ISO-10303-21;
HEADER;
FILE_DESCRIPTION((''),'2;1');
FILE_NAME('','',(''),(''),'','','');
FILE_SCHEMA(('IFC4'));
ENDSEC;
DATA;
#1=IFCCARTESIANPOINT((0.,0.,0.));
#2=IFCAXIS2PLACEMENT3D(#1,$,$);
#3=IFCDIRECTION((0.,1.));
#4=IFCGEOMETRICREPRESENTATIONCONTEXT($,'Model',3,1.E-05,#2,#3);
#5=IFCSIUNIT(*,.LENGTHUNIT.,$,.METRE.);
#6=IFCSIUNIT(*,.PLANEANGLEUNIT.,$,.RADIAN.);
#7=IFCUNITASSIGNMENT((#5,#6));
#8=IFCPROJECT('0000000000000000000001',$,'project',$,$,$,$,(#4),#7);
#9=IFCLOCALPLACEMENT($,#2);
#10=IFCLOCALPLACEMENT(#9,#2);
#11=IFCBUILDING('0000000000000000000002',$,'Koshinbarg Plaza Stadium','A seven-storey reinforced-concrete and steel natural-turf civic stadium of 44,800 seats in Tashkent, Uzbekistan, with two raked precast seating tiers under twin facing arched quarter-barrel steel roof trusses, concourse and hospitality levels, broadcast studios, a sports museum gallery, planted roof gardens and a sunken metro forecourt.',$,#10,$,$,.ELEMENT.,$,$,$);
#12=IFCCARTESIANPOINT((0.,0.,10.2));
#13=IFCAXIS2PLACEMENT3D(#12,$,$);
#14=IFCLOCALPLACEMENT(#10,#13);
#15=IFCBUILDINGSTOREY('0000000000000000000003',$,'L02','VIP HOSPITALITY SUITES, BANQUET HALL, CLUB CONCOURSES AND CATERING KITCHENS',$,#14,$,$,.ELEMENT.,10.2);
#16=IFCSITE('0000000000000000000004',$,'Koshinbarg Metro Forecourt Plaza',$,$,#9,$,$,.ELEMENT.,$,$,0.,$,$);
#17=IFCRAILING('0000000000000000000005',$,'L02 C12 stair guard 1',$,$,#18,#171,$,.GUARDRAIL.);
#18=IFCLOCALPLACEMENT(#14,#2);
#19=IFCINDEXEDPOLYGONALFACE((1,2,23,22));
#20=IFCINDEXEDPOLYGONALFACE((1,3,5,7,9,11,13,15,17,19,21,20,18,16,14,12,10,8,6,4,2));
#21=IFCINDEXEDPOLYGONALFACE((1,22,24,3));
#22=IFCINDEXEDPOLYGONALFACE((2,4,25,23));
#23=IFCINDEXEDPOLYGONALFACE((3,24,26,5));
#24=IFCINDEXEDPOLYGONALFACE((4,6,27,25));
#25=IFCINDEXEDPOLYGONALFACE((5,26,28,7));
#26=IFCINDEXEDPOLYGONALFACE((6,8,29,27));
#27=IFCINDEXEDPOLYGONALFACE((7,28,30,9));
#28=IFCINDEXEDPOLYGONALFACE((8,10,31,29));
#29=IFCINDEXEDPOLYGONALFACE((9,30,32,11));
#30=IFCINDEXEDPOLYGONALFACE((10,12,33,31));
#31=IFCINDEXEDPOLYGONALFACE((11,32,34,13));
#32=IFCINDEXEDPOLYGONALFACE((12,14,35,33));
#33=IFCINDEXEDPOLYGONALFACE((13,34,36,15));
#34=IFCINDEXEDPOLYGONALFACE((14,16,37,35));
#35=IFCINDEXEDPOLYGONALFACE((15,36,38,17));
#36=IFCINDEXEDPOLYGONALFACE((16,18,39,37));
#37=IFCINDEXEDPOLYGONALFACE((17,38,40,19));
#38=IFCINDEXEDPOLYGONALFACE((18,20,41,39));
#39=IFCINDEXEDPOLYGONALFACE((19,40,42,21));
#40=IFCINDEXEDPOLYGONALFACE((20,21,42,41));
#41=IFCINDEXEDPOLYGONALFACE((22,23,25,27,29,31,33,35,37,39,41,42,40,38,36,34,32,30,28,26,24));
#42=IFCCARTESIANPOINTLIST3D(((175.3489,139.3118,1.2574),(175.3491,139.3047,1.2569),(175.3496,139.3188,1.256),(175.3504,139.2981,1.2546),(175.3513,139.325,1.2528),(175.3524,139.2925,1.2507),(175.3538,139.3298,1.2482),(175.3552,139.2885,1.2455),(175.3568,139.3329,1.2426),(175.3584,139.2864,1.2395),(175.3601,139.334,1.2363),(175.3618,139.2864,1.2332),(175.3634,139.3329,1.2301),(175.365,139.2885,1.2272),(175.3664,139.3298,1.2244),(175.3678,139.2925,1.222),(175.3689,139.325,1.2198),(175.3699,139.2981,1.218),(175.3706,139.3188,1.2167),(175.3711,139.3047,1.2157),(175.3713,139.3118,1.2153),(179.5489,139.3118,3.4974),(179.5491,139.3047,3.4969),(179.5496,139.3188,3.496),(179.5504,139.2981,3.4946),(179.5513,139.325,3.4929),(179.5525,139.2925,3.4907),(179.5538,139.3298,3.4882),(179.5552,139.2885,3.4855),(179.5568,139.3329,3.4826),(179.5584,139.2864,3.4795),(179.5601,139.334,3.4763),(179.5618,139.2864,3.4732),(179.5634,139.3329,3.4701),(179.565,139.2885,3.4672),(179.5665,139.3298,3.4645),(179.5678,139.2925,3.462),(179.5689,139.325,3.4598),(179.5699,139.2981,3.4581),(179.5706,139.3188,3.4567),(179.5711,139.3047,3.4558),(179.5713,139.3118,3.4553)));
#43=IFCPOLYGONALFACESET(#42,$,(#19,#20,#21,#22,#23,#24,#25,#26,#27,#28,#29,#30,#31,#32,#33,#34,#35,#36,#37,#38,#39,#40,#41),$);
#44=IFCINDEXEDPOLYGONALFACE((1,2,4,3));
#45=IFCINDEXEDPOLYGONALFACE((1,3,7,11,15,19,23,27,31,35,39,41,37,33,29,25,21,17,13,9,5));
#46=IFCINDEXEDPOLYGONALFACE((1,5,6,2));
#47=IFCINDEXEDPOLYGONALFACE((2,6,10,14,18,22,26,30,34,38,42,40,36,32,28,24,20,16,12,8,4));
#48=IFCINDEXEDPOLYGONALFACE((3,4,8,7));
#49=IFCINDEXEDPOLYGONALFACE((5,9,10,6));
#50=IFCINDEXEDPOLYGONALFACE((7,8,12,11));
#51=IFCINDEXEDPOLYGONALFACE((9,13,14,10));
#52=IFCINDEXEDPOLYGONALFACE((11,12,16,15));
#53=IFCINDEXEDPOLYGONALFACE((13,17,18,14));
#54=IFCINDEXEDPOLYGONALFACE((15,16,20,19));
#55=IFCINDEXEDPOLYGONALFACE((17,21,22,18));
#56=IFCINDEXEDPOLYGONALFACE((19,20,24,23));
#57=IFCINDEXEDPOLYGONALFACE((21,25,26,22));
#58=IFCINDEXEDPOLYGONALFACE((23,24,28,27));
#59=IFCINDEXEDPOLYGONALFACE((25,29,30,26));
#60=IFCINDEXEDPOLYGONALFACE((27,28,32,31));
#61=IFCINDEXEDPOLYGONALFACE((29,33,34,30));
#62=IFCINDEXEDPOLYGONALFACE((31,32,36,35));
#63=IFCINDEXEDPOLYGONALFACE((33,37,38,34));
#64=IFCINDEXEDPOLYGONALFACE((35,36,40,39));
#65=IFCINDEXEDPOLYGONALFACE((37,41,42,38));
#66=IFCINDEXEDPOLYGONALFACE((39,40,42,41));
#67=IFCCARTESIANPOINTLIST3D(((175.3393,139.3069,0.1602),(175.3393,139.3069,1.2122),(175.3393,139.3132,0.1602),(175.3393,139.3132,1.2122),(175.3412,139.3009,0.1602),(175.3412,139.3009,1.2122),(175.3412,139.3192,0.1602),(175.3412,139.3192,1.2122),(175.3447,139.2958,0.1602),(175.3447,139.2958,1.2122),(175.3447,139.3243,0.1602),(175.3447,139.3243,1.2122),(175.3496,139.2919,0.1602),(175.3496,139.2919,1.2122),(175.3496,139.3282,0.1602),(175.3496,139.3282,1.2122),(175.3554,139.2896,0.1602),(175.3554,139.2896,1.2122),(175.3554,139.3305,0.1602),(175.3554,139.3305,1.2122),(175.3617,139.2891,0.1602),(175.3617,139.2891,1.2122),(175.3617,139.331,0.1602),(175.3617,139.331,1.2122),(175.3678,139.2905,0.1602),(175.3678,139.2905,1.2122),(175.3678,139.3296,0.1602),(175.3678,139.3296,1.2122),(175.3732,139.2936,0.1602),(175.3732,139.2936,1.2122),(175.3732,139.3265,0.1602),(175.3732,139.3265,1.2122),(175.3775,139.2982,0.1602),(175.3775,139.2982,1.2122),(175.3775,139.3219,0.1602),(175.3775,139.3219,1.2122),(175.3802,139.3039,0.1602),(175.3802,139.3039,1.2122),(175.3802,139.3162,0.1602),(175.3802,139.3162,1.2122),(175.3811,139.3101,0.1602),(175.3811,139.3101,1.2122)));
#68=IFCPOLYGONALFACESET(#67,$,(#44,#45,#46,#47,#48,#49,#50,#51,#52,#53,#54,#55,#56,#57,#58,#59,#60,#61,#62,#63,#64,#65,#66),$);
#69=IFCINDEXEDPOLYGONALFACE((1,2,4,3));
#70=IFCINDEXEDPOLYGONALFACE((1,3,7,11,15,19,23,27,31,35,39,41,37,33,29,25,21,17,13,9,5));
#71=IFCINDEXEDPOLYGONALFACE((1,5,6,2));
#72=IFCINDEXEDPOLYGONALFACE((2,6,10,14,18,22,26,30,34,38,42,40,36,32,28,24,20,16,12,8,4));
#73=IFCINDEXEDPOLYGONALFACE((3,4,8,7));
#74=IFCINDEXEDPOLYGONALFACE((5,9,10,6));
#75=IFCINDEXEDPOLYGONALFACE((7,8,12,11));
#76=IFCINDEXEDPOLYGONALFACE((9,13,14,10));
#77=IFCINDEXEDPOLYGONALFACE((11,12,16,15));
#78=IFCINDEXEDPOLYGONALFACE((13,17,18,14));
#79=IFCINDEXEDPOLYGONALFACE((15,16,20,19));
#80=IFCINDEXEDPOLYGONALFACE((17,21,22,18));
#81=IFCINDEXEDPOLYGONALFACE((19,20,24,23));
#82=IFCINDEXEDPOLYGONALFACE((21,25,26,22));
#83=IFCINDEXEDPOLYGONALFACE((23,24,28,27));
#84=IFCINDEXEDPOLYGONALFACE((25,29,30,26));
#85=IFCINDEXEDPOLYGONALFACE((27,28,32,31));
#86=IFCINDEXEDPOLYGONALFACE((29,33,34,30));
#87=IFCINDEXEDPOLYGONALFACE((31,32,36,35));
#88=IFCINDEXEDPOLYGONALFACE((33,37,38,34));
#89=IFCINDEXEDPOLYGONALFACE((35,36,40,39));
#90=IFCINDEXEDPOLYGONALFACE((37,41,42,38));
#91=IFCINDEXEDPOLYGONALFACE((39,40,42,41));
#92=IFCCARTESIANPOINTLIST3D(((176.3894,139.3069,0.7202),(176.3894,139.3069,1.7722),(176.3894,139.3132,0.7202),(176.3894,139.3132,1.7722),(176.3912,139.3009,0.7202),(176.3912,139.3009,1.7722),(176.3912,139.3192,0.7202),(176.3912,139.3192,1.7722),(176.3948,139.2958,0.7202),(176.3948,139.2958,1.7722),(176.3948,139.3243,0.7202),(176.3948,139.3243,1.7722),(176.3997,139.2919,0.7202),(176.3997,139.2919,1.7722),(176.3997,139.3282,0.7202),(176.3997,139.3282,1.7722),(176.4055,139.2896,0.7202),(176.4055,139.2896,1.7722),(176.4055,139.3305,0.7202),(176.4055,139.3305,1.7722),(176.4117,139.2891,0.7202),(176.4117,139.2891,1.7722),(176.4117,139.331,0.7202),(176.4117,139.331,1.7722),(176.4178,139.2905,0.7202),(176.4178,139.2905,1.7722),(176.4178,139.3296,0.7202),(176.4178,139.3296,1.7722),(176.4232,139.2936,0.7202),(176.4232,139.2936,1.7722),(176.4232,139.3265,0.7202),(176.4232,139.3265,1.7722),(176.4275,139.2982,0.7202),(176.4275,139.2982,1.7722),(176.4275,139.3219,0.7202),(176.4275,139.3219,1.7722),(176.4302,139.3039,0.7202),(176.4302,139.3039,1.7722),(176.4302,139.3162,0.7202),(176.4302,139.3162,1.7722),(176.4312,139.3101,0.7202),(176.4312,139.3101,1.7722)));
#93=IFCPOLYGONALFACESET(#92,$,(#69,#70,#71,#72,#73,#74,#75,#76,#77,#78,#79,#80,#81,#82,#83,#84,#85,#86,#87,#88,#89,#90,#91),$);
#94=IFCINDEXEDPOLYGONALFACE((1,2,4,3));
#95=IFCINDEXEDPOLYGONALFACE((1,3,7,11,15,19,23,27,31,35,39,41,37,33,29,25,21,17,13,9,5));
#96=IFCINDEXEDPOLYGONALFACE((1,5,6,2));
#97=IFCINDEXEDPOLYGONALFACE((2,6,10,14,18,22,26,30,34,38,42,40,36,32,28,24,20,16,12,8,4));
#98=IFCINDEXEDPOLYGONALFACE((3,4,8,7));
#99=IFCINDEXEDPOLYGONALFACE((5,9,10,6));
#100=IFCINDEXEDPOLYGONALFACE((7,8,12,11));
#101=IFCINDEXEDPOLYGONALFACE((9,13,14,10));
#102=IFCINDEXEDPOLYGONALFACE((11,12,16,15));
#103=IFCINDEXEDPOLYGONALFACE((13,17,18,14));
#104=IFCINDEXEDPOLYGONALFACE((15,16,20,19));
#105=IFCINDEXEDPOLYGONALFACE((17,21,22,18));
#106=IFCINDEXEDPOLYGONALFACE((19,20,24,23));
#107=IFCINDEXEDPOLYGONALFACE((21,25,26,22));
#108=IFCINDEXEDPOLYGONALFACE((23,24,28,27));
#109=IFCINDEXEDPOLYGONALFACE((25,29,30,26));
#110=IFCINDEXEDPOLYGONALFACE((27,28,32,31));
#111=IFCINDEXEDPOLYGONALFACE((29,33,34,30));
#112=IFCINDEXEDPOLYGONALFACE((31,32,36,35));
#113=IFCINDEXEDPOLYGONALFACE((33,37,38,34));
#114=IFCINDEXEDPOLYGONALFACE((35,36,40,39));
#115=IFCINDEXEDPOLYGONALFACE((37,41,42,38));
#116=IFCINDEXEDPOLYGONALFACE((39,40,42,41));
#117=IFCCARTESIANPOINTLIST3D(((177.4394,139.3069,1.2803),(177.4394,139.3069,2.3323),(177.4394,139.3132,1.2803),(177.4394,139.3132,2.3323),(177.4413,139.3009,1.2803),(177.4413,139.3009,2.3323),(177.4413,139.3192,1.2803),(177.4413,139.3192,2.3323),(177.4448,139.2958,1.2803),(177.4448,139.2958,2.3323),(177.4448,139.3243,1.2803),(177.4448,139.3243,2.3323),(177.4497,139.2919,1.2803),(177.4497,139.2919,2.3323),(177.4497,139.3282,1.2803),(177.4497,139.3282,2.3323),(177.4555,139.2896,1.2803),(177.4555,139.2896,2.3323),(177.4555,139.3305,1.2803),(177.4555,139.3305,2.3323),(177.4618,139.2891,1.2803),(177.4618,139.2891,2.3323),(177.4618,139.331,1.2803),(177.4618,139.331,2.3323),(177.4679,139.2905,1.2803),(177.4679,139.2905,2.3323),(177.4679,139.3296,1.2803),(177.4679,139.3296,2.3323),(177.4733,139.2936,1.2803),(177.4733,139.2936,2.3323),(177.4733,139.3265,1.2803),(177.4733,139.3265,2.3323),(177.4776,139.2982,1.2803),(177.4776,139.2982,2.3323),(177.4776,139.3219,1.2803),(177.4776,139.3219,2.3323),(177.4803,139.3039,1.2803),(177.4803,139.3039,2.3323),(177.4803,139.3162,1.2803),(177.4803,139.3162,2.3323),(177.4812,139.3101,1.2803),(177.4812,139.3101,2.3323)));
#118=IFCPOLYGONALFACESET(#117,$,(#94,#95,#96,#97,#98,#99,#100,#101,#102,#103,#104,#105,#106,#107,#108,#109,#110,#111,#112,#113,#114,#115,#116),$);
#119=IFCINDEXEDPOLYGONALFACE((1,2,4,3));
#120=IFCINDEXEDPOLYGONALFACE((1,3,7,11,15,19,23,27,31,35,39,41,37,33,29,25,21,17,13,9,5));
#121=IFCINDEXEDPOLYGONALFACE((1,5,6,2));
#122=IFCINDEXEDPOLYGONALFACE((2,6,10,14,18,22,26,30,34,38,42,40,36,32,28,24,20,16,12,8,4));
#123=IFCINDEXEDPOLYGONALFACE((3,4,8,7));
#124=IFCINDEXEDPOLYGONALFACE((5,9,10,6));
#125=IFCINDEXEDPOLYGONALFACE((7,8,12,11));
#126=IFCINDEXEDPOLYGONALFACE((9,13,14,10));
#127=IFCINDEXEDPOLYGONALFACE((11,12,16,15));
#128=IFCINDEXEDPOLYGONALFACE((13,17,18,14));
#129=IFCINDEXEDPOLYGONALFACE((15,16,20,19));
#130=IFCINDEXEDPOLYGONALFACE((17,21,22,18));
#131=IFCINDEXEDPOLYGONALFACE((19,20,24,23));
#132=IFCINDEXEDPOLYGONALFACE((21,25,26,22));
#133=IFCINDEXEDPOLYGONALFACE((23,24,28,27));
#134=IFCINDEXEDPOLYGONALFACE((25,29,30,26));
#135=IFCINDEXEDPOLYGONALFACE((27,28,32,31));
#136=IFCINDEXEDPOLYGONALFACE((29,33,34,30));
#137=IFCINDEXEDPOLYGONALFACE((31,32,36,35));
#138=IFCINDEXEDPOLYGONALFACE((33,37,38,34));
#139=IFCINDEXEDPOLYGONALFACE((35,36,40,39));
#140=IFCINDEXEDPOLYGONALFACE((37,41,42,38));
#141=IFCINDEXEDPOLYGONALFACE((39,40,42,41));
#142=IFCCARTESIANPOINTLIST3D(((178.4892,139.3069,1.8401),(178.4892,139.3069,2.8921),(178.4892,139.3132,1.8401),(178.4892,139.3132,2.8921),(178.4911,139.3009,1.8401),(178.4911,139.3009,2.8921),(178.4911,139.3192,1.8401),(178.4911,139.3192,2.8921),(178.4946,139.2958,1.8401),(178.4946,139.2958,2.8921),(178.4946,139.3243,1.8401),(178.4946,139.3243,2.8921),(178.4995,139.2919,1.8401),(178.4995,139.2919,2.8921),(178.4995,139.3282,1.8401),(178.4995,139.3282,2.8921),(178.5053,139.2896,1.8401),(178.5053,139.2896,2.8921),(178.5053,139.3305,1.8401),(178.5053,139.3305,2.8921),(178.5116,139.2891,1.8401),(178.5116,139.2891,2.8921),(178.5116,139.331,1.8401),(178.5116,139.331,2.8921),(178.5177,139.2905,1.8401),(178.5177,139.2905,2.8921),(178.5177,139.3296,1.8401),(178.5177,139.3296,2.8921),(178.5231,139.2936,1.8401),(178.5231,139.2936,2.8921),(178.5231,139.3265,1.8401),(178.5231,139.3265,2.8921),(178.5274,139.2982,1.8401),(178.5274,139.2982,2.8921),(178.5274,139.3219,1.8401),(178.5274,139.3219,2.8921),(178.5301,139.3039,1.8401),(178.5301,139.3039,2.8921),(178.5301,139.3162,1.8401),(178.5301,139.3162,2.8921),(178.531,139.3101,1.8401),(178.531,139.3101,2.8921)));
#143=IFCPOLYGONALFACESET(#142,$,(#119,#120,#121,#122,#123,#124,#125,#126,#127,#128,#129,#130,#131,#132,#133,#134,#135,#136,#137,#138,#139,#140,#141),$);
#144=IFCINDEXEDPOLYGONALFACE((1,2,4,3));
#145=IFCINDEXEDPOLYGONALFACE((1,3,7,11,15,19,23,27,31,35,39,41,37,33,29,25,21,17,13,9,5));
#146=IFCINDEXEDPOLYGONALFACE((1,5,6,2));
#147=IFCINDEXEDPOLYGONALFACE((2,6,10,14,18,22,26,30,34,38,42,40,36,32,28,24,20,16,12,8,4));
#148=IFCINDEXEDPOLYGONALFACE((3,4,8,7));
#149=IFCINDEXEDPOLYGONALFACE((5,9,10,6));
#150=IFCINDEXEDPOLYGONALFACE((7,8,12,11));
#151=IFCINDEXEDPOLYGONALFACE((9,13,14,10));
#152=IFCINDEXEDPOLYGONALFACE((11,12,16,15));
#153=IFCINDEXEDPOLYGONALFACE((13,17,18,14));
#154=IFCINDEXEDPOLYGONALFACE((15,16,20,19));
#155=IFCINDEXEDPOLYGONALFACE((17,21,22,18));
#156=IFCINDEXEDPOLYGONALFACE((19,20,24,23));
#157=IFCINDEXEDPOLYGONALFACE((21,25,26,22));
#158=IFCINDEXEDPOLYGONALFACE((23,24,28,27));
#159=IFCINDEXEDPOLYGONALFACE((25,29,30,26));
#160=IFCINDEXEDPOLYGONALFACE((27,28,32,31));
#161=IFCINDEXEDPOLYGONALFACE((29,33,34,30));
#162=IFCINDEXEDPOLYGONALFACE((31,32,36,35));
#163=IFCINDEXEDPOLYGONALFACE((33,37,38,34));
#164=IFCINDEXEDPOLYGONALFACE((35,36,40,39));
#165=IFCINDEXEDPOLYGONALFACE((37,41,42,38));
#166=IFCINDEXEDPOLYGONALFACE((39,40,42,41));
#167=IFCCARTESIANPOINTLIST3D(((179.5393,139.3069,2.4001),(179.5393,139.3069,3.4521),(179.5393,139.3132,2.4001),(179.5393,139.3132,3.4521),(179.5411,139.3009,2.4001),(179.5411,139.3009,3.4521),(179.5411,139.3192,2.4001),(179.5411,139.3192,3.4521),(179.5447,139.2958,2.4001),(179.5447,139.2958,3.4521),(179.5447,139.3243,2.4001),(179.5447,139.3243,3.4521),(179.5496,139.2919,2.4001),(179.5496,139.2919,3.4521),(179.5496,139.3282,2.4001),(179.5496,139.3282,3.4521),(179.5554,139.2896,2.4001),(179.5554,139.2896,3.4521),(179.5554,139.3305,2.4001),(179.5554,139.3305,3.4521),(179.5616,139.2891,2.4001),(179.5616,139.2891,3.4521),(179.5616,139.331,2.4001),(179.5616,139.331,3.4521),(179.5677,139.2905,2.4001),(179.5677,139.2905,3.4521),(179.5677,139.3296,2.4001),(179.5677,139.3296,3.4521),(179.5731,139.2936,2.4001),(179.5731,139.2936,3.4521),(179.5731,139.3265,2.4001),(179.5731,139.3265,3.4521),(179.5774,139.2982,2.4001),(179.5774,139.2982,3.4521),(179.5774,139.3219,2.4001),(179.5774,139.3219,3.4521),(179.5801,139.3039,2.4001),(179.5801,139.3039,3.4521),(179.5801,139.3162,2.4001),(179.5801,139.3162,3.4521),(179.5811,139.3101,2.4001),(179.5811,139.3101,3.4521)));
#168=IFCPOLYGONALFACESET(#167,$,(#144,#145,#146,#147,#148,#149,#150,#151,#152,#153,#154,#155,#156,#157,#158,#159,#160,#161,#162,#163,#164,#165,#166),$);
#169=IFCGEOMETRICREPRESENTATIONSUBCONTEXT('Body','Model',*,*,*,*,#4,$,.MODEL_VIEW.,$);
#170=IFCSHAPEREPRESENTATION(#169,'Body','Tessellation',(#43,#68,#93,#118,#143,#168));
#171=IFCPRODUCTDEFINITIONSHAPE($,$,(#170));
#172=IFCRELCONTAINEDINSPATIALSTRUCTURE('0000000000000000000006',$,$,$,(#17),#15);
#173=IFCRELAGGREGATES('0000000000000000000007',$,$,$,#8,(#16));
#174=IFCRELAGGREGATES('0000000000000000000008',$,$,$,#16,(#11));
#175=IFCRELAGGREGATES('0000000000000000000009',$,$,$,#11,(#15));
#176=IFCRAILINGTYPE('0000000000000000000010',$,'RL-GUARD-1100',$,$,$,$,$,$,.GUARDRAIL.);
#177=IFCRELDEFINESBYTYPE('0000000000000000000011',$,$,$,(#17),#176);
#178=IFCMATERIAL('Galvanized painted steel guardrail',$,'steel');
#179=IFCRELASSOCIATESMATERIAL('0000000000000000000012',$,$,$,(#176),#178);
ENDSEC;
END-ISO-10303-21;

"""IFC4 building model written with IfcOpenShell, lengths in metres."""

from ifc_helpers import new_model, si_unit, direction, frame, origin, origin_2d, place, context, subcontext, project, spatial, circle, extrude, material, type_object, element, save


model = new_model("IFC4")

# Units and contexts
model_context = context("Model", 3, precision=1e-05, world=origin(), true_north=direction((0.0, 1.0)))
body_context = subcontext(model_context, "Body", "Model", "MODEL_VIEW")
ifc_project = project(units=[si_unit("LENGTHUNIT", "METRE"), si_unit("PLANEANGLEUNIT", "RADIAN")], contexts=[model_context])

# Site, building, storey
site_placement = place(None, origin())
site = spatial("IfcSite", under=ifc_project, at=site_placement, Name="Koshinbarg Metro Forecourt Plaza", CompositionType="ELEMENT", RefElevation=0.0)
building_placement = place(site_placement, origin())
building = spatial("IfcBuilding", under=site, at=building_placement, Name="Koshinbarg Plaza Stadium", Description="A seven-storey reinforced-concrete and steel natural-turf civic stadium of 44,800 seats in Tashkent, Uzbekistan, with two raked precast seating tiers under twin facing arched quarter-barrel steel roof trusses, concourse and hospitality levels, broadcast studios, a sports museum gallery, planted roof gardens and a sunken metro forecourt.", CompositionType="ELEMENT")
storey_placement = place(building_placement, frame((0.0, 0.0, 10.2)))
storey = spatial("IfcBuildingStorey", under=building, at=storey_placement, Name="L02", Description="VIP HOSPITALITY SUITES, BANQUET HALL, CLUB CONCOURSES AND CATERING KITCHENS", CompositionType="ELEMENT", Elevation=10.2)

# Railing
ifc_material_1 = material(Name="Galvanized painted steel guardrail", Category="steel")
railing_type_1 = type_object("IfcRailingType", Name="RL-GUARD-1100", PredefinedType="GUARDRAIL", material=ifc_material_1)
railing_1_placement = place(storey_placement, frame((175.3601, 139.3101, 0.1602)))
element("IfcRailing", 1, at=railing_1_placement, inside=storey, type_object=railing_type_1, Name="L02 C12 stair guard 1", PredefinedType="GUARDRAIL", context=body_context, shape_type="SweptSolid", body=[
    extrude(circle(Radius=0.0239, at=origin_2d()), frame((0.0, 0.0, 1.0762), z_axis=(0.882352, 0.0, 0.470591), x_axis=(0.0, 1.0, 0.0)), (0.0, 0.0, 1.0), 4.76),
    extrude(circle(Radius=0.021, at=origin_2d()), origin(), (0.0, 0.0, 1.0), 1.052),
    extrude(circle(Radius=0.021, at=origin_2d()), frame((1.05, 0.0, 0.5601)), (0.0, 0.0, 1.0), 1.052),
    extrude(circle(Radius=0.021, at=origin_2d()), frame((2.1001, 0.0, 1.1201)), (0.0, 0.0, 1.0), 1.052),
    extrude(circle(Radius=0.021, at=origin_2d()), frame((3.1499, 0.0, 1.6799)), (0.0, 0.0, 1.0), 1.052),
    extrude(circle(Radius=0.021, at=origin_2d()), frame((4.2, 0.0, 2.24)), (0.0, 0.0, 1.0), 1.052),
])

save(model, "model.ifc")
